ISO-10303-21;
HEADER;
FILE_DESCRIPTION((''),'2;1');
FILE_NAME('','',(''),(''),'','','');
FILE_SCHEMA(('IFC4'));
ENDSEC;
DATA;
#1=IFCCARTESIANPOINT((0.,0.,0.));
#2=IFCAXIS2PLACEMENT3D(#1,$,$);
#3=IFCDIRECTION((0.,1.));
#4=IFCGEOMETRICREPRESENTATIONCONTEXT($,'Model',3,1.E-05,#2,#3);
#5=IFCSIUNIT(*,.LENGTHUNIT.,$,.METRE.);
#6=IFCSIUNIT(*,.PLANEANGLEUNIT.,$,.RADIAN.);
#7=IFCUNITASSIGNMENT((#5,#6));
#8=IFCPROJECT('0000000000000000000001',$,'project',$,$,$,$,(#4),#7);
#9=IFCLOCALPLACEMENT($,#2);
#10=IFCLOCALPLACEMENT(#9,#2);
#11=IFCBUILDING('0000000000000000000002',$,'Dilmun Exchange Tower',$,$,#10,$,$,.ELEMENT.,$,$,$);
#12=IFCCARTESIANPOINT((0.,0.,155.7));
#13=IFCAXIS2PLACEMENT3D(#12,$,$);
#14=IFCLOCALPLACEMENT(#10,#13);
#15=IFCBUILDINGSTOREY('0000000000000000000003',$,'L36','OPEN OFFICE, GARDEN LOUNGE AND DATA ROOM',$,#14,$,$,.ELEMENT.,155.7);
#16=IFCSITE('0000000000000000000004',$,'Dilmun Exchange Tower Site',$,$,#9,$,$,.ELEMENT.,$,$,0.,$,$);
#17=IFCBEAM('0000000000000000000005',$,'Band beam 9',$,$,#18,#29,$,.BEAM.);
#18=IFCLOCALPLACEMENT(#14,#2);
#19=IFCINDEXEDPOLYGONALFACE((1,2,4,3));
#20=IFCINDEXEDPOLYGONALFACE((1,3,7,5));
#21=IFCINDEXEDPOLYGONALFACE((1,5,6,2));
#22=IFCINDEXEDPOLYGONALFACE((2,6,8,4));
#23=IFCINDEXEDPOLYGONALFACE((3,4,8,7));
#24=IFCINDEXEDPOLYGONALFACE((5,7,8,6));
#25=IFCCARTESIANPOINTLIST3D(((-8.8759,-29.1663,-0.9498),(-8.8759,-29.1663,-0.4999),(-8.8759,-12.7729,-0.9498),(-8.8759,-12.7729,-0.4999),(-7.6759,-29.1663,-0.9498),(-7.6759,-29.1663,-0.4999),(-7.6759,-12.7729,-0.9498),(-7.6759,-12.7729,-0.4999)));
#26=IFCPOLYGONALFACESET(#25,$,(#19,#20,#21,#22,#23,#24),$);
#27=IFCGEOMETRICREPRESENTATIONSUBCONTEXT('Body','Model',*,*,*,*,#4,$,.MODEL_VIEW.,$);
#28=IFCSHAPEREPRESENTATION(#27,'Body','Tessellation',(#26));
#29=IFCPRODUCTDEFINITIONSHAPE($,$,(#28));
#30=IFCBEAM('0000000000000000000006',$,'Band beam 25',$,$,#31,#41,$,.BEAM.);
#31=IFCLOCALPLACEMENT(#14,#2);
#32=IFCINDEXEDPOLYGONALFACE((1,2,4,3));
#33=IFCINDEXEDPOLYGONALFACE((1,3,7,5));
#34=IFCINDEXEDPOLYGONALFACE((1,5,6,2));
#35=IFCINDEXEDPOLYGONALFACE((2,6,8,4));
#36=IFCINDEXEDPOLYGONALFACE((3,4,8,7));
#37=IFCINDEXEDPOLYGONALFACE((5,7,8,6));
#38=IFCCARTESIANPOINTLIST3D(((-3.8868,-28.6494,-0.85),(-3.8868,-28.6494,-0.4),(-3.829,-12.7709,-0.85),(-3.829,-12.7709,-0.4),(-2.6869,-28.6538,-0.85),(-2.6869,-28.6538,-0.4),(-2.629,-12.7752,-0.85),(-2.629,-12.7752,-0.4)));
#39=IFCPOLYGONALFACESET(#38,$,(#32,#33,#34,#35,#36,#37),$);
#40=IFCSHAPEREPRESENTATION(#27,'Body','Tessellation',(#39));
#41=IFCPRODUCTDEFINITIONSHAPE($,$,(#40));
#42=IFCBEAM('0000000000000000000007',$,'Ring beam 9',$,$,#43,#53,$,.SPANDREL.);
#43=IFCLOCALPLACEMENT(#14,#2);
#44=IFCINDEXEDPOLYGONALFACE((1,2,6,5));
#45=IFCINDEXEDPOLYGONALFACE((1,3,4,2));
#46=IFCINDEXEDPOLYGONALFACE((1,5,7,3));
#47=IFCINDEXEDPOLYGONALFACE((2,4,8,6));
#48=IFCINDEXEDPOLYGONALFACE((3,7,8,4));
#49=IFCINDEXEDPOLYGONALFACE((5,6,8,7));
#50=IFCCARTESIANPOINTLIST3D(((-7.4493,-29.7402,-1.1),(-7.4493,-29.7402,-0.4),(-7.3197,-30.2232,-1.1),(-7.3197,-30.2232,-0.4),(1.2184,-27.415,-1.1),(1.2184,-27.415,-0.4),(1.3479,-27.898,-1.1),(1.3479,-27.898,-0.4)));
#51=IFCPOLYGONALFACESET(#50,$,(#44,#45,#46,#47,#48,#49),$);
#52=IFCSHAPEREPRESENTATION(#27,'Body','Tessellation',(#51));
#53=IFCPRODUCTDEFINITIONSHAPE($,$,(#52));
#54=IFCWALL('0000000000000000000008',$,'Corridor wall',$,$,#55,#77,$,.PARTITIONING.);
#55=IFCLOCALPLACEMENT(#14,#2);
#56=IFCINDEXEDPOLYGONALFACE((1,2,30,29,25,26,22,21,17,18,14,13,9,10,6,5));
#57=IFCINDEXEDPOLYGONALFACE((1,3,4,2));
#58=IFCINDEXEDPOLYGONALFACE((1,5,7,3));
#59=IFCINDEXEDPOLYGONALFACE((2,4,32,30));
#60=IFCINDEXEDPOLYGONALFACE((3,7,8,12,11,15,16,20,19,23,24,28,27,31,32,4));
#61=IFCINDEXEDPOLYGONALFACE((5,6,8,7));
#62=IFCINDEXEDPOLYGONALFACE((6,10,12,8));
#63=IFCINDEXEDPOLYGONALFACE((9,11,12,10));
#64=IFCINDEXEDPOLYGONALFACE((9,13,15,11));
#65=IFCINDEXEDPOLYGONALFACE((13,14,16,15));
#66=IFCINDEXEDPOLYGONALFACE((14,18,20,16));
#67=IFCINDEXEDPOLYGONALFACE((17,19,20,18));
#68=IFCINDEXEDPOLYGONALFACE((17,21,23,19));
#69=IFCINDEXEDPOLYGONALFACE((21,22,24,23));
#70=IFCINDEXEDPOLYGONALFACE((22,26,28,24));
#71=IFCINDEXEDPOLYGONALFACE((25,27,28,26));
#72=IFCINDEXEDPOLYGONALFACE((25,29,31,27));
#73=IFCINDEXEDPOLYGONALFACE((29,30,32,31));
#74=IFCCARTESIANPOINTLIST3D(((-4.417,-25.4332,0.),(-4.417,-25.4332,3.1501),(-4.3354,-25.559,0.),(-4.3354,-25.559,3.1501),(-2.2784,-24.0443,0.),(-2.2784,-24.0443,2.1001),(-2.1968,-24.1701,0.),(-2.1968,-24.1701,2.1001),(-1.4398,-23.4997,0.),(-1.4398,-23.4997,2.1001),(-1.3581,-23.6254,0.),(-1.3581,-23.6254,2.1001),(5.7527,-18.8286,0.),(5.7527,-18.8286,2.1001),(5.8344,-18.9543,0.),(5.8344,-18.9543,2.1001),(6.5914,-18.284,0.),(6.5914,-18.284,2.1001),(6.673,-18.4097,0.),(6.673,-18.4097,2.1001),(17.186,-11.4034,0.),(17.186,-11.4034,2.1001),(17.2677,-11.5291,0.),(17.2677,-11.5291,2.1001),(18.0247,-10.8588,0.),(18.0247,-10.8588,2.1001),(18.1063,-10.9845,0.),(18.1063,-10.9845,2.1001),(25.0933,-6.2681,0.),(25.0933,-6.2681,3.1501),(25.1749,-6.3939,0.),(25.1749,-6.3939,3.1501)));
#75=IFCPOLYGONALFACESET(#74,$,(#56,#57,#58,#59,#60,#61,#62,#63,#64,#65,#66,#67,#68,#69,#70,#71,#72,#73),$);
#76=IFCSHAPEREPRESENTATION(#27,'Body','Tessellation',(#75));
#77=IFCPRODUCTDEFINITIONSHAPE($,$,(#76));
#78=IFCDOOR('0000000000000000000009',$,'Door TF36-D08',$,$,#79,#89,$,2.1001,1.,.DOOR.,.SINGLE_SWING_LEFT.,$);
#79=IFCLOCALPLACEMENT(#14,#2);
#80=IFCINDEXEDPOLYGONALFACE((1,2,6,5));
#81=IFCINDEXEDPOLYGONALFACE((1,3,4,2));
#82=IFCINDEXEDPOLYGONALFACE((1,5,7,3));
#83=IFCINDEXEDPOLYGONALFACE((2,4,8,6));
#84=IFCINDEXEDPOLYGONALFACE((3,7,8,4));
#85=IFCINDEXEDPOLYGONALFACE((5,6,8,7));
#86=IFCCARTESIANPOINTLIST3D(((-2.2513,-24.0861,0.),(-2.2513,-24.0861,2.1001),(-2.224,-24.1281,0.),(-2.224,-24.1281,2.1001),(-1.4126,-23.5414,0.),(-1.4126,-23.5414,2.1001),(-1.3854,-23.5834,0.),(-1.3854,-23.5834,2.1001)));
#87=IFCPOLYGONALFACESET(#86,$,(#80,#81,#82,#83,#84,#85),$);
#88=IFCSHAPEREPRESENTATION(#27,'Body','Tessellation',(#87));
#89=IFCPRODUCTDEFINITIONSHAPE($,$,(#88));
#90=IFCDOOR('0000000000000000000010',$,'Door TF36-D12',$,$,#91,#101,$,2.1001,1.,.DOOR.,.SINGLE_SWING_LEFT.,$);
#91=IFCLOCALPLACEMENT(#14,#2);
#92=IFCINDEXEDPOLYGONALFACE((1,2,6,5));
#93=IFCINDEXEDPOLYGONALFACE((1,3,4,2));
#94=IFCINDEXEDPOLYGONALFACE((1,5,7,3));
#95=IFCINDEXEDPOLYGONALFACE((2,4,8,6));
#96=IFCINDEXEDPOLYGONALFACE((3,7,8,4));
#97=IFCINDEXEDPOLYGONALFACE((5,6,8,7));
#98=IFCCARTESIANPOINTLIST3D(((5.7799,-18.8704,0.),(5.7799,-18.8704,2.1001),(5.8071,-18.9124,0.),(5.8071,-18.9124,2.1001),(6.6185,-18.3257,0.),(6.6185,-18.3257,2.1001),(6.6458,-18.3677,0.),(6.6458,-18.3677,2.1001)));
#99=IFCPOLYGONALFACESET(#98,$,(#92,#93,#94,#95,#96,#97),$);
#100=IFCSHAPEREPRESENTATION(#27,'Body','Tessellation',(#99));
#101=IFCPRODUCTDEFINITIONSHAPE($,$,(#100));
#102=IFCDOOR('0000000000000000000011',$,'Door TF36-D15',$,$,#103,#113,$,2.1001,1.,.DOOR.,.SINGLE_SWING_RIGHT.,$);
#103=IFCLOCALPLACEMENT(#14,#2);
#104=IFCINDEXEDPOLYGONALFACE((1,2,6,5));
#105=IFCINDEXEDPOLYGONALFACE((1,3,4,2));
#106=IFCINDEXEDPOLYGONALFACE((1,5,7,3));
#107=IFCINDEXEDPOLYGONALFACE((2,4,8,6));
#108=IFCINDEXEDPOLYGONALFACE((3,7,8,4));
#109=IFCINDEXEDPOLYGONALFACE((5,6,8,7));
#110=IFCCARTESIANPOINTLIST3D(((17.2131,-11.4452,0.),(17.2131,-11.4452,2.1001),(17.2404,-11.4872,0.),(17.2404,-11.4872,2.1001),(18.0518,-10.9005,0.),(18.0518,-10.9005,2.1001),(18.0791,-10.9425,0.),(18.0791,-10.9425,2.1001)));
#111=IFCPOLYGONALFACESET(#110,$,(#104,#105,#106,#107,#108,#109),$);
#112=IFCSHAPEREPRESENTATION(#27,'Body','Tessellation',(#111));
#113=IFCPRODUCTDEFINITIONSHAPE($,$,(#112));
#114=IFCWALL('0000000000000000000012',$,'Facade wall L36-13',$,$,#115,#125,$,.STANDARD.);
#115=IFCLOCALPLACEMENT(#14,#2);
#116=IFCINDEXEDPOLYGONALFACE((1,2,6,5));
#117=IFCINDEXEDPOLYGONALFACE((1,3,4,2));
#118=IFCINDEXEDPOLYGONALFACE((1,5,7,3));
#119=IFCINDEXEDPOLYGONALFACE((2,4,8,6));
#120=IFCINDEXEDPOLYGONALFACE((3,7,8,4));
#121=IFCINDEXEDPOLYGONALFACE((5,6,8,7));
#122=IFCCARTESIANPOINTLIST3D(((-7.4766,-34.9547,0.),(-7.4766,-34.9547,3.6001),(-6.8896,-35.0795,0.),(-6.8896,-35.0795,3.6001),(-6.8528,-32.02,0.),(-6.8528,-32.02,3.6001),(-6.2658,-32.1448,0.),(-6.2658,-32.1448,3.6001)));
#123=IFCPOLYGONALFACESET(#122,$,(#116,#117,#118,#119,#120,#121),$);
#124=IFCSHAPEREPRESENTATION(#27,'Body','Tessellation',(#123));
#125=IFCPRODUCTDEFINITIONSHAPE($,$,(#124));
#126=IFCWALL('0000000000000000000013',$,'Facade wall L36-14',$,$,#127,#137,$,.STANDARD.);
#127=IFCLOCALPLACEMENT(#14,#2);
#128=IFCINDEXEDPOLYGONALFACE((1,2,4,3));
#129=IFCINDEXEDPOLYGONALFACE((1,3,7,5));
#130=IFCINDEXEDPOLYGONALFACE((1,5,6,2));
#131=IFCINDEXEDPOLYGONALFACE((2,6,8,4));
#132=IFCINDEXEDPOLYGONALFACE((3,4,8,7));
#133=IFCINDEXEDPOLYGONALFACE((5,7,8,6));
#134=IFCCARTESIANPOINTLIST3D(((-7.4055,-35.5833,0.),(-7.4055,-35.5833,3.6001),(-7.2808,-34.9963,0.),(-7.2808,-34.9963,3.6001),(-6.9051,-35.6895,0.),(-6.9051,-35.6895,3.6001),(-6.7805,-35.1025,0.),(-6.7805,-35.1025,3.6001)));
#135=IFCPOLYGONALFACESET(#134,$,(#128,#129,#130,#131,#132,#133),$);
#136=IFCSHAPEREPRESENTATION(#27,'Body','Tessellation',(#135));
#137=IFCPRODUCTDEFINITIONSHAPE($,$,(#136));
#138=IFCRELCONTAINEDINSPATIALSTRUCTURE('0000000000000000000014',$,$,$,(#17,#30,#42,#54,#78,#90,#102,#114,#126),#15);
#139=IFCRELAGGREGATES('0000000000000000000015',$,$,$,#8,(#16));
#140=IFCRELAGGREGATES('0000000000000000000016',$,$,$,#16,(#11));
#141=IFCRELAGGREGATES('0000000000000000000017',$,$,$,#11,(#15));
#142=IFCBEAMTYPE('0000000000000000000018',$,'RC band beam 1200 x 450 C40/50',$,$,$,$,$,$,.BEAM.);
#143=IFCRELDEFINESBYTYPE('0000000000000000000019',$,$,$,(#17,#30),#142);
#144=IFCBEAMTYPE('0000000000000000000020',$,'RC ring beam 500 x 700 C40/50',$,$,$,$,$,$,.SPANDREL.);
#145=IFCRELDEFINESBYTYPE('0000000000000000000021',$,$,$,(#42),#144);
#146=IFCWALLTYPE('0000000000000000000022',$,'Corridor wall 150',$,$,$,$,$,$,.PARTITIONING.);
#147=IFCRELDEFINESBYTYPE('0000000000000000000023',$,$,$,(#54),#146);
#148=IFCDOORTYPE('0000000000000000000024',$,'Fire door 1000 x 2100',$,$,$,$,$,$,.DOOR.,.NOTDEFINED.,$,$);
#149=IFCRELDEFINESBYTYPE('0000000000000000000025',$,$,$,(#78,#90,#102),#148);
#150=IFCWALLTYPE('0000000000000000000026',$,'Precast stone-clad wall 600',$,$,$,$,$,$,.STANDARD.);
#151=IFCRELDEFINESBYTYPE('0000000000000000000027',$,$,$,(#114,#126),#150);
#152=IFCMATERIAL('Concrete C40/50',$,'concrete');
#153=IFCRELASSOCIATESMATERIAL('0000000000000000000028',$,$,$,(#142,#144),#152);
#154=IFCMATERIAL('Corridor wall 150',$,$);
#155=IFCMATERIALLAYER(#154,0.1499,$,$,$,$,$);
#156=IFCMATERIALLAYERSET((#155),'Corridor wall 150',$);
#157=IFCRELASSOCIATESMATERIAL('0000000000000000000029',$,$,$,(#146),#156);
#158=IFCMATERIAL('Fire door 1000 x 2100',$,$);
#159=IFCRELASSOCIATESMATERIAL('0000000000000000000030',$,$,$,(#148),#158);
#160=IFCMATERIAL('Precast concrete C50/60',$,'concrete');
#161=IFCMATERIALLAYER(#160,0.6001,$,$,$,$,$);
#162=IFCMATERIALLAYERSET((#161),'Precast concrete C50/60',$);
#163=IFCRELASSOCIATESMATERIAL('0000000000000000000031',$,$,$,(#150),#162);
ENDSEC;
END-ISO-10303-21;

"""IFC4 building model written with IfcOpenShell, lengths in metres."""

from ifc_helpers import new_model, si_unit, direction, frame, frame_2d, origin, origin_2d, place, context, subcontext, project, spatial, rectangle, extrude, material, layer, layer_set, material_profile, profile_set, type_object, element, fill, save


model = new_model("IFC4")

# Units and contexts
model_context = context("Model", 3, precision=1e-05, world=origin(), true_north=direction((0.0, 1.0)))
body_context = subcontext(model_context, "Body", "Model", "MODEL_VIEW")
ifc_project = project(units=[si_unit("LENGTHUNIT", "METRE"), si_unit("PLANEANGLEUNIT", "RADIAN")], contexts=[model_context])

# Site, building, storey
site_placement = place(None, origin())
site = spatial("IfcSite", under=ifc_project, at=site_placement, Name="Dilmun Exchange Tower Site", CompositionType="ELEMENT", RefElevation=0.0)
building_placement = place(site_placement, origin())
building = spatial("IfcBuilding", under=site, at=building_placement, Name="Dilmun Exchange Tower", CompositionType="ELEMENT")
storey_placement = place(building_placement, frame((0.0, 0.0, 155.7)))
storey = spatial("IfcBuildingStorey", under=building, at=storey_placement, Name="L36", Description="OPEN OFFICE, GARDEN LOUNGE AND DATA ROOM", CompositionType="ELEMENT", Elevation=155.7)

# Beams
ifc_material_1 = material(Name="Concrete C40/50", Category="concrete")
ifc_material_profile_1 = material_profile(ifc_material_1, rectangle(XDim=1.2, YDim=0.45, at=origin_2d()), Name="1200 x 450")
ifc_profile_set_1 = profile_set([ifc_material_profile_1], Name="Concrete C40/50")
beam_type_1 = type_object("IfcBeamType", Name="RC band beam 1200 x 450 C40/50", PredefinedType="BEAM", material=ifc_profile_set_1)
beam_1_placement = place(storey_placement, frame((-8.2759, -29.1663, -0.7249), z_axis=(0.0, 1.0, 0.0), x_axis=(-1.0, 0.0, 0.0)))
element("IfcBeam", 1, at=beam_1_placement, inside=storey, type_object=beam_type_1, Name="Band beam 9", PredefinedType="BEAM", context=body_context, shape_type="SweptSolid", body=[
    extrude(rectangle(XDim=1.2, YDim=0.45, at=origin_2d()), origin(), (0.0, 0.0, 1.0), 16.3933),
])
beam_2_placement = place(storey_placement, frame((-3.2869, -28.6516, -0.625), z_axis=(0.003644, 0.999993, 0.0), x_axis=(-0.999993, 0.003644, 0.0)))
element("IfcBeam", 2, at=beam_2_placement, inside=storey, type_object=beam_type_1, Name="Band beam 25", PredefinedType="BEAM", context=body_context, shape_type="SweptSolid", body=[
    extrude(rectangle(XDim=1.2, YDim=0.45, at=origin_2d()), origin(), (0.0, 0.0, 1.0), 15.8787),
])
ifc_material_profile_2 = material_profile(ifc_material_1, rectangle(XDim=0.5, YDim=0.7, at=origin_2d()), Name="500 x 700")
ifc_profile_set_2 = profile_set([ifc_material_profile_2], Name="Concrete C40/50")
beam_type_2 = type_object("IfcBeamType", Name="RC ring beam 500 x 700 C40/50", PredefinedType="SPANDREL", material=ifc_profile_set_2)
beam_3_placement = place(storey_placement, frame((-7.3845, -29.9817, -0.75), z_axis=(0.965851, 0.259098, 0.0), x_axis=(-0.259098, 0.965851, 0.0)))
element("IfcBeam", 3, at=beam_3_placement, inside=storey, type_object=beam_type_2, Name="Ring beam 9", PredefinedType="SPANDREL", context=body_context, shape_type="SweptSolid", body=[
    extrude(rectangle(XDim=0.5, YDim=0.7, at=origin_2d()), origin(), (0.0, 0.0, 1.0), 8.9741),
])

# Wall, openings, doors
ifc_material_2 = material(Name="Corridor wall 150")
ifc_layer_1 = layer(ifc_material_2, 0.1499)
ifc_layer_set_1 = layer_set([ifc_layer_1], Name="Corridor wall 150")
wall_type_1 = type_object("IfcWallType", Name="Corridor wall 150", PredefinedType="PARTITIONING", material=ifc_layer_set_1)
wall_1_placement = place(storey_placement, frame((-4.3762, -25.4961, 0.0), z_axis=(0.0, 0.0, 1.0), x_axis=(0.838659, 0.544656, 0.0)))
wall_1 = element("IfcWall", 4, at=wall_1_placement, inside=storey, type_object=wall_type_1, Name="Corridor wall", PredefinedType="PARTITIONING", context=body_context, shape_type="SweptSolid", body=[
    extrude(rectangle(XDim=35.1875, YDim=0.1499, at=frame_2d((17.5938, 0.0))), origin(), (0.0, 0.0, 1.0), 3.1501),
])
opening_1_placement = place(wall_1_placement, frame((2.55, 0.0, 0.0)))
opening_1 = element("IfcOpeningElement", 5, at=opening_1_placement, cuts=wall_1, PredefinedType="OPENING", context=body_context, shape_type="SweptSolid", body=[
    extrude(rectangle(XDim=1.0, YDim=2.1001, at=frame_2d((0.5, 1.05))), frame((0.0, 0.085, 0.0), z_axis=(0.0, -1.0, 0.0), x_axis=(1.0, 0.0, 0.0)), (0.0, 0.0, 1.0), 0.1699),
])
opening_2_placement = place(wall_1_placement, frame((12.1262, 0.0, 0.0)))
opening_2 = element("IfcOpeningElement", 6, at=opening_2_placement, cuts=wall_1, PredefinedType="OPENING", context=body_context, shape_type="SweptSolid", body=[
    extrude(rectangle(XDim=1.0, YDim=2.1001, at=frame_2d((0.5, 1.05))), frame((0.0, 0.085, 0.0), z_axis=(0.0, -1.0, 0.0), x_axis=(1.0, 0.0, 0.0)), (0.0, 0.0, 1.0), 0.1699),
])
opening_3_placement = place(wall_1_placement, frame((25.759, 0.0, 0.0)))
opening_3 = element("IfcOpeningElement", 7, at=opening_3_placement, cuts=wall_1, PredefinedType="OPENING", context=body_context, shape_type="SweptSolid", body=[
    extrude(rectangle(XDim=1.0, YDim=2.1001, at=frame_2d((0.5, 1.05))), frame((0.0, 0.085, 0.0), z_axis=(0.0, -1.0, 0.0), x_axis=(1.0, 0.0, 0.0)), (0.0, 0.0, 1.0), 0.1699),
])
ifc_material_3 = material(Name="Fire door 1000 x 2100")
door_type = type_object("IfcDoorType", Name="Fire door 1000 x 2100", OperationType="NOTDEFINED", PredefinedType="DOOR", material=ifc_material_3)
door_1_placement = place(opening_1_placement, frame((1.0, 0.0, 0.0), z_axis=(0.0, 0.0, 1.0), x_axis=(-1.0, 0.0, 0.0)))
door_1 = element("IfcDoor", 8, at=door_1_placement, inside=storey, type_object=door_type, Name="Door TF36-D08", OperationType="SINGLE_SWING_LEFT", OverallHeight=2.1001, OverallWidth=1.0, PredefinedType="DOOR", context=body_context, shape_type="SweptSolid", body=[
    extrude(rectangle(XDim=1.0, YDim=2.1001, at=frame_2d((0.5, 1.05))), frame((0.0, 0.0249, 0.0), z_axis=(0.0, -1.0, 0.0), x_axis=(1.0, 0.0, 0.0)), (0.0, 0.0, 1.0), 0.05),
])
fill(opening_1, door_1)
door_2_placement = place(opening_2_placement, frame((1.0, 0.0, 0.0), z_axis=(0.0, 0.0, 1.0), x_axis=(-1.0, 0.0, 0.0)))
door_2 = element("IfcDoor", 9, at=door_2_placement, inside=storey, type_object=door_type, Name="Door TF36-D12", OperationType="SINGLE_SWING_LEFT", OverallHeight=2.1001, OverallWidth=1.0, PredefinedType="DOOR", context=body_context, shape_type="SweptSolid", body=[
    extrude(rectangle(XDim=1.0, YDim=2.1001, at=frame_2d((0.5, 1.05))), frame((0.0, 0.0249, 0.0), z_axis=(0.0, -1.0, 0.0), x_axis=(1.0, 0.0, 0.0)), (0.0, 0.0, 1.0), 0.05),
])
fill(opening_2, door_2)
door_3_placement = place(opening_3_placement, frame((1.0, 0.0, 0.0), z_axis=(0.0, 0.0, 1.0), x_axis=(-1.0, 0.0, 0.0)))
door_3 = element("IfcDoor", 10, at=door_3_placement, inside=storey, type_object=door_type, Name="Door TF36-D15", OperationType="SINGLE_SWING_RIGHT", OverallHeight=2.1001, OverallWidth=1.0, PredefinedType="DOOR", context=body_context, shape_type="SweptSolid", body=[
    extrude(rectangle(XDim=1.0, YDim=2.1001, at=frame_2d((0.5, 1.05))), frame((0.0, 0.0249, 0.0), z_axis=(0.0, -1.0, 0.0), x_axis=(1.0, 0.0, 0.0)), (0.0, 0.0, 1.0), 0.05),
])
fill(opening_3, door_3)

# Walls
ifc_material_4 = material(Name="Precast concrete C50/60", Category="concrete")
ifc_layer_2 = layer(ifc_material_4, 0.6001)
ifc_layer_set_2 = layer_set([ifc_layer_2], Name="Precast concrete C50/60")
wall_type_2 = type_object("IfcWallType", Name="Precast stone-clad wall 600", PredefinedType="STANDARD", material=ifc_layer_set_2)
wall_2_placement = place(storey_placement, frame((-6.5593, -32.0825, 0.0), z_axis=(0.0, 0.0, 1.0), x_axis=(-0.207917, -0.978146, 0.0)))
element("IfcWall", 11, at=wall_2_placement, inside=storey, type_object=wall_type_2, Name="Facade wall L36-13", PredefinedType="STANDARD", context=body_context, shape_type="SweptSolid", body=[
    extrude(rectangle(XDim=3.0002, YDim=0.6001, at=frame_2d((1.5, 0.0))), origin(), (0.0, 0.0, 1.0), 3.6001),
])
wall_3_placement = place(storey_placement, frame((-7.3433, -35.2898, 0.0), z_axis=(0.0, 0.0, 1.0), x_axis=(0.978199, -0.20767, 0.0)))
element("IfcWall", 12, at=wall_3_placement, inside=storey, type_object=wall_type_2, Name="Facade wall L36-14", PredefinedType="STANDARD", context=body_context, shape_type="SweptSolid", body=[
    extrude(rectangle(XDim=0.5115, YDim=0.6001, at=frame_2d((0.2559, 0.0))), origin(), (0.0, 0.0, 1.0), 3.6001),
])

save(model, "model.ifc")
